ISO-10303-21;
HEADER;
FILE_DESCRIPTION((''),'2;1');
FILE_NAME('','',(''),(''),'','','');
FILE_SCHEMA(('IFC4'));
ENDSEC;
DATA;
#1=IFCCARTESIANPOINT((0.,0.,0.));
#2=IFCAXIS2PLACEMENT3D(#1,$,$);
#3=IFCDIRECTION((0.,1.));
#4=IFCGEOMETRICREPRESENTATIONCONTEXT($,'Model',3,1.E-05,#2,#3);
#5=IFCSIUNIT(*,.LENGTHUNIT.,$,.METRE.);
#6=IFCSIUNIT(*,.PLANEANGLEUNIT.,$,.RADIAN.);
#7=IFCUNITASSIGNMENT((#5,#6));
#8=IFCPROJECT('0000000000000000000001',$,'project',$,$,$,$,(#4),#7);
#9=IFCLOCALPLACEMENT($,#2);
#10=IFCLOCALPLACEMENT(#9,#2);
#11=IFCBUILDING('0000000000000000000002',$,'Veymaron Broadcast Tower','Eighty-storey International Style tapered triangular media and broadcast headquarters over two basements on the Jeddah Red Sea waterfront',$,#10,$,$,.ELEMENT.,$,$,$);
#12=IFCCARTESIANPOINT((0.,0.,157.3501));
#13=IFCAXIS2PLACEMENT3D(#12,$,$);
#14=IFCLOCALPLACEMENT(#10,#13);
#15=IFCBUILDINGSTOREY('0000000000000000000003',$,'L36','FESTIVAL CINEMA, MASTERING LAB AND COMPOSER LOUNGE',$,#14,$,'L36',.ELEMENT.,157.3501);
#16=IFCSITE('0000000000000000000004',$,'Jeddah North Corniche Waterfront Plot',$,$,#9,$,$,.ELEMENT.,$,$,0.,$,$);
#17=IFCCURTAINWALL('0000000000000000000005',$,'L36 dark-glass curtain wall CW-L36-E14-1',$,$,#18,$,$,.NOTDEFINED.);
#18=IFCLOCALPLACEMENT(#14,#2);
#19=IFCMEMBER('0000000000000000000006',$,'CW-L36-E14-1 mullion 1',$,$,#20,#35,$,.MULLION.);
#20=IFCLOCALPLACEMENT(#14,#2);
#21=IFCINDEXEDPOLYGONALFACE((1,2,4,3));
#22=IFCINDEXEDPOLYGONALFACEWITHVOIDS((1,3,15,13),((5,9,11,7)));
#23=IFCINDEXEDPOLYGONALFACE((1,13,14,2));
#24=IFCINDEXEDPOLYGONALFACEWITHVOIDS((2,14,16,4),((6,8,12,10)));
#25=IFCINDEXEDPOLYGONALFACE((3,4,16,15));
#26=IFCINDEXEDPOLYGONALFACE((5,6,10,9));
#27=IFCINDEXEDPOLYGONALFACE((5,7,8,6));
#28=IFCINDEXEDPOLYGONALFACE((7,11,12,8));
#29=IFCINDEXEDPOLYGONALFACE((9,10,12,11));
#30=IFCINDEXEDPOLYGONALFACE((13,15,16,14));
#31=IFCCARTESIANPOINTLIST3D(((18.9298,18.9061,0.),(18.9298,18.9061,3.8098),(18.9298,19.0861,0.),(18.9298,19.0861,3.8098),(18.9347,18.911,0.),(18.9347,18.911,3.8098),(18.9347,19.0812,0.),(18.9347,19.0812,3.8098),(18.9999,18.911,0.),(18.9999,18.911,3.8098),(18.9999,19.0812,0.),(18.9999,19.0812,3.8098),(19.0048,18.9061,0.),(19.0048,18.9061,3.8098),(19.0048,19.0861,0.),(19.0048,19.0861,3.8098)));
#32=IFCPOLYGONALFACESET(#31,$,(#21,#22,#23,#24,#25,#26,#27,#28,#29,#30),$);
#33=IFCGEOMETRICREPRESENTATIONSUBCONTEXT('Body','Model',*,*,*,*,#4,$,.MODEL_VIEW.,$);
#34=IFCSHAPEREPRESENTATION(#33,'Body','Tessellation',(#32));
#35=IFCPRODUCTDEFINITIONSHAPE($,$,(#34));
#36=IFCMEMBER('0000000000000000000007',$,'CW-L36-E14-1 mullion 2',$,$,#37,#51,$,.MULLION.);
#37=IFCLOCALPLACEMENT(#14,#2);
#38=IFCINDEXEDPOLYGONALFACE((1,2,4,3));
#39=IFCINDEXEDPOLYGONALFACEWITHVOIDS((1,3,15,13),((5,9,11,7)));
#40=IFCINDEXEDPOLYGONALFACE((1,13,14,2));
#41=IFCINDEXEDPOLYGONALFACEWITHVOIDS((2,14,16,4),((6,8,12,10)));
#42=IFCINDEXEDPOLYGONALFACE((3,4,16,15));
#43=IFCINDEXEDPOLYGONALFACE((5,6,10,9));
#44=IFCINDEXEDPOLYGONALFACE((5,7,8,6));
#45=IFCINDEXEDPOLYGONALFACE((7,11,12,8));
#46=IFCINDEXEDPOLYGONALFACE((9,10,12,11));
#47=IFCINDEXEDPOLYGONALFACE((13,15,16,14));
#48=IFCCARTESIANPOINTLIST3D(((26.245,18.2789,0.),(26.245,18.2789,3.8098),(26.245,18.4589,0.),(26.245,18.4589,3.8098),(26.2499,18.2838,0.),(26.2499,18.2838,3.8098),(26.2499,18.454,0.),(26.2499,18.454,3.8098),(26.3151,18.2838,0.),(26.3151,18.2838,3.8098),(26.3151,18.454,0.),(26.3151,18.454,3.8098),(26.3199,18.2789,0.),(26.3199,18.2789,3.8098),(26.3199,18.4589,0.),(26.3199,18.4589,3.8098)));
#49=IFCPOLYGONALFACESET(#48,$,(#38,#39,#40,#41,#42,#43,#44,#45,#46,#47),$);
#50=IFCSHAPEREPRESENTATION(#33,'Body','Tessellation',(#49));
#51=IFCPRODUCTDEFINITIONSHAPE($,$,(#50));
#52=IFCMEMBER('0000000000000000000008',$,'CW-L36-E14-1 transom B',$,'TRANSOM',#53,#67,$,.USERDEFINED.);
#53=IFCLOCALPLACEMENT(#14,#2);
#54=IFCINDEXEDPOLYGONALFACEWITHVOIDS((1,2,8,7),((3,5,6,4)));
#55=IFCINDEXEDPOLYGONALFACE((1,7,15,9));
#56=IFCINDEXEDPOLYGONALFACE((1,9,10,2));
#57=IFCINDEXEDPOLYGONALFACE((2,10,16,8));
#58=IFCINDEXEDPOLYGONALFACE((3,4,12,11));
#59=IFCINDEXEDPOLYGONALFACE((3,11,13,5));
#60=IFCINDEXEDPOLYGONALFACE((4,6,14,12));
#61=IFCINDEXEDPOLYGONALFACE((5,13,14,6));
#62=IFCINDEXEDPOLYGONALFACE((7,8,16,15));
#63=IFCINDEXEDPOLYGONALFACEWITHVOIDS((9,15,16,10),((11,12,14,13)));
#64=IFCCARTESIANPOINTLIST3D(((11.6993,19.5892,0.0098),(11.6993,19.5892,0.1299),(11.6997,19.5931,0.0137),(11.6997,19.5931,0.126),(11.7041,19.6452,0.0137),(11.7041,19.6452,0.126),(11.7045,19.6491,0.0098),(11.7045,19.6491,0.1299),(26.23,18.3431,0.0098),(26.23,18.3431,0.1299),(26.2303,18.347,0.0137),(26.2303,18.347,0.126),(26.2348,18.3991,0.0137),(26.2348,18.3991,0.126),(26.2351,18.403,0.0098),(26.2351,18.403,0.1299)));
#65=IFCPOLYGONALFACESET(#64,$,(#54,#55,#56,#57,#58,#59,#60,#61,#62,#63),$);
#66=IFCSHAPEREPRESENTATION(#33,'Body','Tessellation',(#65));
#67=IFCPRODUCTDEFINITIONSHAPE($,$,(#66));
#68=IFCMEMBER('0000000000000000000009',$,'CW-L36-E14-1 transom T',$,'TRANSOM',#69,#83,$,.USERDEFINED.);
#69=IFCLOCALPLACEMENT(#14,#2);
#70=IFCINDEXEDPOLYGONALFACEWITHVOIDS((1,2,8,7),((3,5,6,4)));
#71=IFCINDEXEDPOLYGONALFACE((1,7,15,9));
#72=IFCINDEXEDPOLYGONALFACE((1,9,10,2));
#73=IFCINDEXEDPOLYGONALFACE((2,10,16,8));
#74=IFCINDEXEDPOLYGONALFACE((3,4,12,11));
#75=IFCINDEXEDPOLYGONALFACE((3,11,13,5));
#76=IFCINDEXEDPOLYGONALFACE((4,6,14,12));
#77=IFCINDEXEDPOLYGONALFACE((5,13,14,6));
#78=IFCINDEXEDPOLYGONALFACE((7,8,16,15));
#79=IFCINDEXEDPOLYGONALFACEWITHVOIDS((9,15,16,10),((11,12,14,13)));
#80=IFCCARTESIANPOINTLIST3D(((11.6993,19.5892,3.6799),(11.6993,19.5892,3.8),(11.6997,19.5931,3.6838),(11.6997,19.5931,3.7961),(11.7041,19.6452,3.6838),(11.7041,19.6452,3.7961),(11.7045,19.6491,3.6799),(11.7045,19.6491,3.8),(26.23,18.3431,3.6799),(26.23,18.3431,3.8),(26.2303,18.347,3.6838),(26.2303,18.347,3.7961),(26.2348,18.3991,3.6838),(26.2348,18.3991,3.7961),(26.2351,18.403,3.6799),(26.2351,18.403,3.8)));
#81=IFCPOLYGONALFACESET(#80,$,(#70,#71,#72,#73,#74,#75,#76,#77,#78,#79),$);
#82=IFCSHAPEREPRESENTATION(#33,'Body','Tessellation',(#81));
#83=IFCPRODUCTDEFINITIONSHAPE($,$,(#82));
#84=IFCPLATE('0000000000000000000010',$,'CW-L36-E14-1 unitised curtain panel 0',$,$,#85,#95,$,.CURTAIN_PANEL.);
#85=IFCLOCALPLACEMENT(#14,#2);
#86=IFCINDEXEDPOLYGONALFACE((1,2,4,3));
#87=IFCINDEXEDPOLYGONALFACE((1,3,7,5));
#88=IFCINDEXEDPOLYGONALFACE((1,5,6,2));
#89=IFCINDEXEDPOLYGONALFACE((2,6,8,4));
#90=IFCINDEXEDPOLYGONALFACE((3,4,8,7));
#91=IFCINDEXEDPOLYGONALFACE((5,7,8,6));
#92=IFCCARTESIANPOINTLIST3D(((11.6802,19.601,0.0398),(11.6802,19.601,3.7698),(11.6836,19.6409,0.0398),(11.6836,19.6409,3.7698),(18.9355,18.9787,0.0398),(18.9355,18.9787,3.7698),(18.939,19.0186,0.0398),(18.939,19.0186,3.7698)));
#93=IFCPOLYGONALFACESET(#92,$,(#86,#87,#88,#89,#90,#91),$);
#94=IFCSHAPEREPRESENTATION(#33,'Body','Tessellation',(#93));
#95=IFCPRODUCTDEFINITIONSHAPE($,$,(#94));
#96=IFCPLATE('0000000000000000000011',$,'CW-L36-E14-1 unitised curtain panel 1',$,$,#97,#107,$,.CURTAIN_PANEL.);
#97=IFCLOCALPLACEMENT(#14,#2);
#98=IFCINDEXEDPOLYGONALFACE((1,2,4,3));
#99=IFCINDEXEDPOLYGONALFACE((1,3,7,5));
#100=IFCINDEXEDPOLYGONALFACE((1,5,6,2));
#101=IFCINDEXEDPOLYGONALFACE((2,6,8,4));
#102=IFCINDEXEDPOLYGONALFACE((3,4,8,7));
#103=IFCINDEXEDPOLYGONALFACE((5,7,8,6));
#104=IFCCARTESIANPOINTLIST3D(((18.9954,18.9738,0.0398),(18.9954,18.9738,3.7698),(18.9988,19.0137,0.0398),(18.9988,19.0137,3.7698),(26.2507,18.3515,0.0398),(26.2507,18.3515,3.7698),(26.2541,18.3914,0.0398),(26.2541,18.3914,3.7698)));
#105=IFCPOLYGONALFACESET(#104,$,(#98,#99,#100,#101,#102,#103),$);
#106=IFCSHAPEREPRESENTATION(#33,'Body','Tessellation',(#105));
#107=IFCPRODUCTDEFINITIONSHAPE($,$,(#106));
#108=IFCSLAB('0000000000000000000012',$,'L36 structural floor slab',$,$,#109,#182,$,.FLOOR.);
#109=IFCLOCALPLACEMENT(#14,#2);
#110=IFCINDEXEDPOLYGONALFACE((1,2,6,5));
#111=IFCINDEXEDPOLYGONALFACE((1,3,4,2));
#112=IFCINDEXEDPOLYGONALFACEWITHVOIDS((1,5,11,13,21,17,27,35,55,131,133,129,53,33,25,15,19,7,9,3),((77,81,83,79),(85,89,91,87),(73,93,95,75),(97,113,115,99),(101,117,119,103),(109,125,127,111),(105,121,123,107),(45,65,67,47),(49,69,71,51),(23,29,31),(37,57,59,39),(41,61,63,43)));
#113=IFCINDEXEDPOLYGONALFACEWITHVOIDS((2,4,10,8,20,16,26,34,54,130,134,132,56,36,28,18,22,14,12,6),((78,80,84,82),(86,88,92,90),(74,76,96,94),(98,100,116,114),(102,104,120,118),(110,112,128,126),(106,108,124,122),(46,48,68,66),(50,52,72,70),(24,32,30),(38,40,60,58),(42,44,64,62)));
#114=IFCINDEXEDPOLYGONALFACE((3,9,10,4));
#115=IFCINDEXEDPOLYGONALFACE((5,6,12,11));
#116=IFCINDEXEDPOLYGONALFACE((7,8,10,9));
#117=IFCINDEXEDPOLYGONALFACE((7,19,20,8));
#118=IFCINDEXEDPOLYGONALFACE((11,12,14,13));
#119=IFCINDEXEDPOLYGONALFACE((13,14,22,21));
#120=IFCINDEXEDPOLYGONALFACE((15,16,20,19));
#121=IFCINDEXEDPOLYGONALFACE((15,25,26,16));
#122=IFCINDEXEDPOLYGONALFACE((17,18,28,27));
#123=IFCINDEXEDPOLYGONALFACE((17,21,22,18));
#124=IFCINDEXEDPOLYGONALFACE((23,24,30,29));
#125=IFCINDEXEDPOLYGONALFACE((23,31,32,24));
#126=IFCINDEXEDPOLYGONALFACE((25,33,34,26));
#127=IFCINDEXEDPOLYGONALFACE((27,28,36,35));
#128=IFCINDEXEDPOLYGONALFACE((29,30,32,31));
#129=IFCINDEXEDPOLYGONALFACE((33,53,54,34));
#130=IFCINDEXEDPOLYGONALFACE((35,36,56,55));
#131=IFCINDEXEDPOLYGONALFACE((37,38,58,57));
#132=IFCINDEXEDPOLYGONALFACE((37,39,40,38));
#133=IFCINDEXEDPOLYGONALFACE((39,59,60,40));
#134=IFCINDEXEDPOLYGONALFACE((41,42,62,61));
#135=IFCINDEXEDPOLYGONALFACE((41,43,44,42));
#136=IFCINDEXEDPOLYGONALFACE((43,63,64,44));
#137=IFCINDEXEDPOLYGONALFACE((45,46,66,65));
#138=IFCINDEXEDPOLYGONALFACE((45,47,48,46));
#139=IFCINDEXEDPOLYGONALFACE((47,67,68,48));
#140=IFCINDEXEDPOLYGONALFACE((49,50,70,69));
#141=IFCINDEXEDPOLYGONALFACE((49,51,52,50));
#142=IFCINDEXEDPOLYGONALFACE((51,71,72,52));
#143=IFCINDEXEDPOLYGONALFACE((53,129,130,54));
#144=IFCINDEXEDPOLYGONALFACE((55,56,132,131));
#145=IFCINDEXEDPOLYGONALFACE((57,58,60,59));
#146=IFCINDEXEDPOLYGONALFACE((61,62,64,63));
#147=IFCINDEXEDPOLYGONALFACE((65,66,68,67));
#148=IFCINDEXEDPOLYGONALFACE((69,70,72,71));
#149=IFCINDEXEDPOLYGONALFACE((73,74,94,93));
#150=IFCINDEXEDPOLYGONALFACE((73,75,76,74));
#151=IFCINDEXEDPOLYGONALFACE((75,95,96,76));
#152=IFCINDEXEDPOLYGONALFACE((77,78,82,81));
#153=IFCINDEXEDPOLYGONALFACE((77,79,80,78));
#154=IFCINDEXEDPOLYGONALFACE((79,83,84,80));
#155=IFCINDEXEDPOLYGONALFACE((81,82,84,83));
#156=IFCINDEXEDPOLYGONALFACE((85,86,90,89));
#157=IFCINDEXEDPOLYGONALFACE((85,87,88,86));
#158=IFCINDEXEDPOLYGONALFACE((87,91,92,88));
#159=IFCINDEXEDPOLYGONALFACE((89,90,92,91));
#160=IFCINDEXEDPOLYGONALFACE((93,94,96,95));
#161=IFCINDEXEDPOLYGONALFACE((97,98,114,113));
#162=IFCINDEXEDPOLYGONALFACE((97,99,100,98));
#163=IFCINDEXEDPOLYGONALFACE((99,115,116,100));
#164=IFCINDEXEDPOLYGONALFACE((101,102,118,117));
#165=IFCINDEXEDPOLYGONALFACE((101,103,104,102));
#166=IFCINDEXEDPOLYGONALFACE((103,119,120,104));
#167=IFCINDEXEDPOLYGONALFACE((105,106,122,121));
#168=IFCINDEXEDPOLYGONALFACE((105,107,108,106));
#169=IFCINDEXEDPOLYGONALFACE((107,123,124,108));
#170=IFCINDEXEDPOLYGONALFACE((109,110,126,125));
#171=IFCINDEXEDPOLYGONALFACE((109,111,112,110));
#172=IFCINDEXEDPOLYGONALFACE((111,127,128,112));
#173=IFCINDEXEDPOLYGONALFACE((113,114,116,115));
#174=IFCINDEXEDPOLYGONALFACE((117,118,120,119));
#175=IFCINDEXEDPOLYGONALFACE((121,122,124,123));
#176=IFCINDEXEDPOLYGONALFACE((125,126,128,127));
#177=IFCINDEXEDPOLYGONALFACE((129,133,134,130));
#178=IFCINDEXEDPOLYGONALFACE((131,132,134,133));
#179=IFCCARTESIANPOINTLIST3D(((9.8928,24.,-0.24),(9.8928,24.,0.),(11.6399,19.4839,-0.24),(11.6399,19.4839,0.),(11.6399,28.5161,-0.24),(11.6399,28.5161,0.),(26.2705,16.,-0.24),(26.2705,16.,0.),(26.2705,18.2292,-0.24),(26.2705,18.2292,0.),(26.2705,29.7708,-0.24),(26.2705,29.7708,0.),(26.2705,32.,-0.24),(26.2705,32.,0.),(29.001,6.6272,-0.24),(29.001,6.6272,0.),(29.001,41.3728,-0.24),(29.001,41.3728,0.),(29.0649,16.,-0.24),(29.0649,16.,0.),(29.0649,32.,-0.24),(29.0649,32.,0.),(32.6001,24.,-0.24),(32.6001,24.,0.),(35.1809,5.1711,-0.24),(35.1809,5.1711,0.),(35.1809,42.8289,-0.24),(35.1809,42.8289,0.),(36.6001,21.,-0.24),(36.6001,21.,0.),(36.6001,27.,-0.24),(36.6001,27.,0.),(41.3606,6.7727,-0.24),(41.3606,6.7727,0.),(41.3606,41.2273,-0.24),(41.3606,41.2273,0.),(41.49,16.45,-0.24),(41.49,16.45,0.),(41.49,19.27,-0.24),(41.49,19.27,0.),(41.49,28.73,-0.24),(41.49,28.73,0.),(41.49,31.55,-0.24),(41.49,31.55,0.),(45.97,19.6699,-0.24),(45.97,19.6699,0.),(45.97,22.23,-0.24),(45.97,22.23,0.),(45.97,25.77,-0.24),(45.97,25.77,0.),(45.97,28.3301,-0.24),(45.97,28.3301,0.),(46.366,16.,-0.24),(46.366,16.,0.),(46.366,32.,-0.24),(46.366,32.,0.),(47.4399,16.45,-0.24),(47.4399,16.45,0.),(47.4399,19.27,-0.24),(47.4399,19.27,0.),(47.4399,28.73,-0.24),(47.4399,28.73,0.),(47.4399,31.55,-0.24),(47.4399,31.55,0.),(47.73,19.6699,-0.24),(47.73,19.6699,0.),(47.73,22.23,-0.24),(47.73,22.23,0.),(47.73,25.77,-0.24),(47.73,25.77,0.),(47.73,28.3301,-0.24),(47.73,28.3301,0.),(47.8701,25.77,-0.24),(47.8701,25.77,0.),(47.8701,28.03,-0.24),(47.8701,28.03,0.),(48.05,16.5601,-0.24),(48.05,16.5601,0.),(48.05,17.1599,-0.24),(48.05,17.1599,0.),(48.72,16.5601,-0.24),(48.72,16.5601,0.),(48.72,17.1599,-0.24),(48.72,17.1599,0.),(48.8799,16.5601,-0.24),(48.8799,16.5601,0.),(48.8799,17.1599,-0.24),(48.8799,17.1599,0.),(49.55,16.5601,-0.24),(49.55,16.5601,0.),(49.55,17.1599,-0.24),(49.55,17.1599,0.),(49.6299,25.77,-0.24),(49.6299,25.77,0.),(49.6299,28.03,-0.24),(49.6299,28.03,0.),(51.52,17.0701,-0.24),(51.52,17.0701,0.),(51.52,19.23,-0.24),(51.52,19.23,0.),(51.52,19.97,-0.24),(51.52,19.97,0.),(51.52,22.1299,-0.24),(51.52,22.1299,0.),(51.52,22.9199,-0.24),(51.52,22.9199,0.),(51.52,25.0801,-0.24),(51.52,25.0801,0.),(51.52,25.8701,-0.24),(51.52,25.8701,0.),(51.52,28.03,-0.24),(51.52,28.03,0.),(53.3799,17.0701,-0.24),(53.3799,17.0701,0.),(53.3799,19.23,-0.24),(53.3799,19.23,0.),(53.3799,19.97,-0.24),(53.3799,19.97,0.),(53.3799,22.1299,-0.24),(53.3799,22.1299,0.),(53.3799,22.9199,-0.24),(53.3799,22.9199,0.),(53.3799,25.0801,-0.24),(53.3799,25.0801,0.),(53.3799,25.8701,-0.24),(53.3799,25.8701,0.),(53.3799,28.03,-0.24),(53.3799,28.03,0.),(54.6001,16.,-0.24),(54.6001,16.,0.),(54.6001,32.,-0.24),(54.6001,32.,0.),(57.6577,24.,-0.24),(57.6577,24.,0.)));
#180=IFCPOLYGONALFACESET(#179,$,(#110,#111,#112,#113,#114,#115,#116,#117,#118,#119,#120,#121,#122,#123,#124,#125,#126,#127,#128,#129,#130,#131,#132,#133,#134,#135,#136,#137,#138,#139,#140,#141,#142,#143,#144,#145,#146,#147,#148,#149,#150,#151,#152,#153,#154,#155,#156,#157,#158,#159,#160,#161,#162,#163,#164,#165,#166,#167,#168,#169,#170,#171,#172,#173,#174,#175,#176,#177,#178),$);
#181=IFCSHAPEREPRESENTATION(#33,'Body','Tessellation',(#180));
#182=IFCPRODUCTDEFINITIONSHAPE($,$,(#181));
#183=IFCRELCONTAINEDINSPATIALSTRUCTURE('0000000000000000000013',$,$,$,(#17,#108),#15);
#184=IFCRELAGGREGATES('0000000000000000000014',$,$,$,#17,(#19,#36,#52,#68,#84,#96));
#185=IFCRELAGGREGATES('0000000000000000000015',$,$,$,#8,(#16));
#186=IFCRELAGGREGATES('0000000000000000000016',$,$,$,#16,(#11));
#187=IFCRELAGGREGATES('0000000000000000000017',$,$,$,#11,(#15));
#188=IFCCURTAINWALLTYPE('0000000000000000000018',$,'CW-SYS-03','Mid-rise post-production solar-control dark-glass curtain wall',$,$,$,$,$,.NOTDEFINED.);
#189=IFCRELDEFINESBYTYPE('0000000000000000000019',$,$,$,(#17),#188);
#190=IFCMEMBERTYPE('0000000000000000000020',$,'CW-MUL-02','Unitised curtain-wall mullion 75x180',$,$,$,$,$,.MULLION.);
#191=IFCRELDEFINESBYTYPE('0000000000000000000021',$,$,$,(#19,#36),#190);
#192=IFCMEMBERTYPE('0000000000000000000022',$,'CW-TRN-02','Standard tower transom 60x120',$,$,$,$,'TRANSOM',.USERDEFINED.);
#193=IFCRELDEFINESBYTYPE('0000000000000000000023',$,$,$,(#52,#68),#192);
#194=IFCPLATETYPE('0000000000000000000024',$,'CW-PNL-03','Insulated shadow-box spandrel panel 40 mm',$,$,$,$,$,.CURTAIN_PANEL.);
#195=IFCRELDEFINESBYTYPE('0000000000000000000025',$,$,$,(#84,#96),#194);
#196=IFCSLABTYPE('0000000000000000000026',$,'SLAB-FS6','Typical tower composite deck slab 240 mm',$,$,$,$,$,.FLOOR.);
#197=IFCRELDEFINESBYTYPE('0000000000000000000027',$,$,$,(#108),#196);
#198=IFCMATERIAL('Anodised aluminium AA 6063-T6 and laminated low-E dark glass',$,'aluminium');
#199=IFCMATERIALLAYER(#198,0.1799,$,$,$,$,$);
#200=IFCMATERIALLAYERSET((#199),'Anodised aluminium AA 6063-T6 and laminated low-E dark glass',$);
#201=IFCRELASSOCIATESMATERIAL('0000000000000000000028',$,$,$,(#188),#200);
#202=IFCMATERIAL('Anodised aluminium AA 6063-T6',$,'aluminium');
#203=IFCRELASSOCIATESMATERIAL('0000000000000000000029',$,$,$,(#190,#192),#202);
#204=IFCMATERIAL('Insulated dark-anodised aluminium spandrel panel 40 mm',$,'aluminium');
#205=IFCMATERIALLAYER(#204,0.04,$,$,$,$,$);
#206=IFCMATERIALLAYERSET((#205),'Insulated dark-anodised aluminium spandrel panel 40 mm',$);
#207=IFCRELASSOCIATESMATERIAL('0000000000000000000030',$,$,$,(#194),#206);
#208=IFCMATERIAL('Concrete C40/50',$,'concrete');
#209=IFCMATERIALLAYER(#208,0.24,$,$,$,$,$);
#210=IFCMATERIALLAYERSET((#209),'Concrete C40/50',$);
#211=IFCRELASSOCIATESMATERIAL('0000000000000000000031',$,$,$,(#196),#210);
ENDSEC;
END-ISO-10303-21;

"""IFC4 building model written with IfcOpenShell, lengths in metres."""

from ifc_helpers import new_model, si_unit, direction, frame, origin, origin_2d, place, context, subcontext, project, spatial, polyline, rectangle, hollow_rectangle, outline, extrude, material, layer, layer_set, material_profile, profile_set, type_object, element, aggregate, save


model = new_model("IFC4")

# Units and contexts
model_context = context("Model", 3, precision=1e-05, world=origin(), true_north=direction((0.0, 1.0)))
body_context = subcontext(model_context, "Body", "Model", "MODEL_VIEW")
ifc_project = project(units=[si_unit("LENGTHUNIT", "METRE"), si_unit("PLANEANGLEUNIT", "RADIAN")], contexts=[model_context])

# Site, building, storey
site_placement = place(None, origin())
site = spatial("IfcSite", under=ifc_project, at=site_placement, Name="Jeddah North Corniche Waterfront Plot", CompositionType="ELEMENT", RefElevation=0.0)
building_placement = place(site_placement, origin())
building = spatial("IfcBuilding", under=site, at=building_placement, Name="Veymaron Broadcast Tower", Description="Eighty-storey International Style tapered triangular media and broadcast headquarters over two basements on the Jeddah Red Sea waterfront", CompositionType="ELEMENT")
storey_placement = place(building_placement, frame((0.0, 0.0, 157.3501)))
storey = spatial("IfcBuildingStorey", under=building, at=storey_placement, Name="L36", Description="FESTIVAL CINEMA, MASTERING LAB AND COMPOSER LOUNGE", LongName="L36", CompositionType="ELEMENT", Elevation=157.3501)

# Curtain wall, members, plates
ifc_material_1 = material(Name="Anodised aluminium AA 6063-T6 and laminated low-E dark glass", Category="aluminium")
ifc_layer_1 = layer(ifc_material_1, 0.1799)
ifc_layer_set_1 = layer_set([ifc_layer_1], Name="Anodised aluminium AA 6063-T6 and laminated low-E dark glass")
curtain_wall_type = type_object("IfcCurtainWallType", Name="CW-SYS-03", Description="Mid-rise post-production solar-control dark-glass curtain wall", PredefinedType="NOTDEFINED", material=ifc_layer_set_1)
curtain_wall_placement = place(storey_placement, origin())
curtain_wall = element("IfcCurtainWall", 1, at=curtain_wall_placement, inside=storey, type_object=curtain_wall_type, Name="L36 dark-glass curtain wall CW-L36-E14-1", PredefinedType="NOTDEFINED")
ifc_material_2 = material(Name="Anodised aluminium AA 6063-T6", Category="aluminium")
ifc_material_profile_1 = material_profile(ifc_material_2, hollow_rectangle(XDim=0.075, YDim=0.1799, WallThickness=0.0049, at=origin_2d()), Name="AL180X75X5")
ifc_profile_set_1 = profile_set([ifc_material_profile_1], Name="Anodised aluminium AA 6063-T6")
member_type_1 = type_object("IfcMemberType", Name="CW-MUL-02", Description="Unitised curtain-wall mullion 75x180", PredefinedType="MULLION", material=ifc_profile_set_1)
member_1_placement = place(storey_placement, frame((18.9673, 18.9961, 0.0), z_axis=(0.0, 0.0, 1.0), x_axis=(1.0, 0.0, 0.0)))
member_1 = element("IfcMember", 2, at=member_1_placement, type_object=member_type_1, Name="CW-L36-E14-1 mullion 1", PredefinedType="MULLION", context=body_context, shape_type="SweptSolid", body=[
    extrude(hollow_rectangle(XDim=0.075, YDim=0.1799, WallThickness=0.0049, at=origin_2d()), origin(), (0.0, 0.0, 1.0), 3.8098),
])
member_2_placement = place(storey_placement, frame((26.2825, 18.3689, 0.0), z_axis=(0.0, 0.0, 1.0), x_axis=(1.0, 0.0, 0.0)))
member_2 = element("IfcMember", 3, at=member_2_placement, type_object=member_type_1, Name="CW-L36-E14-1 mullion 2", PredefinedType="MULLION", context=body_context, shape_type="SweptSolid", body=[
    extrude(hollow_rectangle(XDim=0.075, YDim=0.1799, WallThickness=0.0049, at=origin_2d()), origin(), (0.0, 0.0, 1.0), 3.8098),
])
ifc_material_profile_2 = material_profile(ifc_material_2, hollow_rectangle(XDim=0.0601, YDim=0.1201, WallThickness=0.0039, at=origin_2d()), Name="AL120X60X4")
ifc_profile_set_2 = profile_set([ifc_material_profile_2], Name="Anodised aluminium AA 6063-T6")
member_type_2 = type_object("IfcMemberType", Name="CW-TRN-02", Description="Standard tower transom 60x120", ElementType="TRANSOM", PredefinedType="USERDEFINED", material=ifc_profile_set_2)
member_3_placement = place(storey_placement, frame((11.7019, 19.6191, 0.0698), z_axis=(0.996343, -0.085442, 0.0), x_axis=(0.085442, 0.996343, 0.0)))
member_3 = element("IfcMember", 4, at=member_3_placement, type_object=member_type_2, Name="CW-L36-E14-1 transom B", ObjectType="TRANSOM", PredefinedType="USERDEFINED", context=body_context, shape_type="SweptSolid", body=[
    extrude(hollow_rectangle(XDim=0.0601, YDim=0.1201, WallThickness=0.0039, at=origin_2d()), origin(), (0.0, 0.0, 1.0), 14.584),
])
member_4_placement = place(storey_placement, frame((11.7019, 19.6191, 3.74), z_axis=(0.996343, -0.085442, 0.0), x_axis=(0.085442, 0.996343, 0.0)))
member_4 = element("IfcMember", 5, at=member_4_placement, type_object=member_type_2, Name="CW-L36-E14-1 transom T", ObjectType="TRANSOM", PredefinedType="USERDEFINED", context=body_context, shape_type="SweptSolid", body=[
    extrude(hollow_rectangle(XDim=0.0601, YDim=0.1201, WallThickness=0.0039, at=origin_2d()), origin(), (0.0, 0.0, 1.0), 14.584),
])
ifc_material_3 = material(Name="Insulated dark-anodised aluminium spandrel panel 40 mm", Category="aluminium")
ifc_layer_2 = layer(ifc_material_3, 0.04)
ifc_layer_set_2 = layer_set([ifc_layer_2], Name="Insulated dark-anodised aluminium spandrel panel 40 mm")
plate_type = type_object("IfcPlateType", Name="CW-PNL-03", Description="Insulated shadow-box spandrel panel 40 mm", PredefinedType="CURTAIN_PANEL", material=ifc_layer_set_2)
plate_1_placement = place(storey_placement, frame((15.3096, 19.3098, 0.0398), z_axis=(0.0, 0.0, 1.0), x_axis=(0.996342, -0.085452, 0.0)))
plate_1 = element("IfcPlate", 6, at=plate_1_placement, type_object=plate_type, Name="CW-L36-E14-1 unitised curtain panel 0", PredefinedType="CURTAIN_PANEL", context=body_context, shape_type="SweptSolid", body=[
    extrude(rectangle(XDim=7.282, YDim=0.04, at=origin_2d()), origin(), (0.0, 0.0, 1.0), 3.73),
])
plate_2_placement = place(storey_placement, frame((22.6248, 18.6826, 0.0398), z_axis=(0.0, 0.0, 1.0), x_axis=(0.996342, -0.085452, 0.0)))
plate_2 = element("IfcPlate", 7, at=plate_2_placement, type_object=plate_type, Name="CW-L36-E14-1 unitised curtain panel 1", PredefinedType="CURTAIN_PANEL", context=body_context, shape_type="SweptSolid", body=[
    extrude(rectangle(XDim=7.282, YDim=0.04, at=origin_2d()), origin(), (0.0, 0.0, 1.0), 3.73),
])
aggregate(curtain_wall, [member_1, member_2, member_3, member_4, plate_1, plate_2])

# Slab
ifc_material_4 = material(Name="Concrete C40/50", Category="concrete")
ifc_layer_3 = layer(ifc_material_4, 0.24)
ifc_layer_set_3 = layer_set([ifc_layer_3], Name="Concrete C40/50")
slab_type_1 = type_object("IfcSlabType", Name="SLAB-FS6", Description="Typical tower composite deck slab 240 mm", PredefinedType="FLOOR", material=ifc_layer_set_3)
slab_1_placement = place(storey_placement, frame((0.0, 0.0, -0.24)))
element("IfcSlab", 8, at=slab_1_placement, inside=storey, type_object=slab_type_1, Name="L36 structural floor slab", PredefinedType="FLOOR", context=body_context, shape_type="SweptSolid", body=[
    extrude(outline(polyline([(46.366, 16.0), (54.6001, 16.0), (57.6577, 24.0), (54.6001, 32.0), (46.366, 32.0), (41.3606, 41.2273), (35.1809, 42.8289), (29.001, 41.3728), (29.0649, 32.0), (26.2705, 32.0), (26.2705, 29.7708), (11.6399, 28.5161), (9.8928, 24.0), (11.6399, 19.4839), (26.2705, 18.2292), (26.2705, 16.0), (29.0649, 16.0), (29.001, 6.6272), (35.1809, 5.1711), (41.3606, 6.7727), (46.366, 16.0)]), holes=[polyline([(45.97, 28.3301), (47.73, 28.3301), (47.73, 25.77), (45.97, 25.77), (45.97, 28.3301)]), polyline([(45.97, 22.23), (47.73, 22.23), (47.73, 19.6699), (45.97, 19.6699), (45.97, 22.23)]), polyline([(47.8701, 28.03), (49.6299, 28.03), (49.6299, 25.77), (47.8701, 25.77), (47.8701, 28.03)]), polyline([(51.52, 28.03), (53.3799, 28.03), (53.3799, 25.8701), (51.52, 25.8701), (51.52, 28.03)]), polyline([(51.52, 22.1299), (53.3799, 22.1299), (53.3799, 19.97), (51.52, 19.97), (51.52, 22.1299)]), polyline([(51.52, 25.0801), (53.3799, 25.0801), (53.3799, 22.9199), (51.52, 22.9199), (51.52, 25.0801)]), polyline([(51.52, 19.23), (53.3799, 19.23), (53.3799, 17.0701), (51.52, 17.0701), (51.52, 19.23)]), polyline([(48.05, 17.1599), (48.72, 17.1599), (48.72, 16.5601), (48.05, 16.5601), (48.05, 17.1599)]), polyline([(48.8799, 17.1599), (49.55, 17.1599), (49.55, 16.5601), (48.8799, 16.5601), (48.8799, 17.1599)]), polyline([(36.6001, 27.0), (36.6001, 21.0), (32.6001, 24.0), (36.6001, 27.0)]), polyline([(41.49, 31.55), (47.4399, 31.55), (47.4399, 28.73), (41.49, 28.73), (41.49, 31.55)]), polyline([(41.49, 19.27), (47.4399, 19.27), (47.4399, 16.45), (41.49, 16.45), (41.49, 19.27)])]), origin(), (0.0, 0.0, 1.0), 0.24),
])

save(model, "model.ifc")
